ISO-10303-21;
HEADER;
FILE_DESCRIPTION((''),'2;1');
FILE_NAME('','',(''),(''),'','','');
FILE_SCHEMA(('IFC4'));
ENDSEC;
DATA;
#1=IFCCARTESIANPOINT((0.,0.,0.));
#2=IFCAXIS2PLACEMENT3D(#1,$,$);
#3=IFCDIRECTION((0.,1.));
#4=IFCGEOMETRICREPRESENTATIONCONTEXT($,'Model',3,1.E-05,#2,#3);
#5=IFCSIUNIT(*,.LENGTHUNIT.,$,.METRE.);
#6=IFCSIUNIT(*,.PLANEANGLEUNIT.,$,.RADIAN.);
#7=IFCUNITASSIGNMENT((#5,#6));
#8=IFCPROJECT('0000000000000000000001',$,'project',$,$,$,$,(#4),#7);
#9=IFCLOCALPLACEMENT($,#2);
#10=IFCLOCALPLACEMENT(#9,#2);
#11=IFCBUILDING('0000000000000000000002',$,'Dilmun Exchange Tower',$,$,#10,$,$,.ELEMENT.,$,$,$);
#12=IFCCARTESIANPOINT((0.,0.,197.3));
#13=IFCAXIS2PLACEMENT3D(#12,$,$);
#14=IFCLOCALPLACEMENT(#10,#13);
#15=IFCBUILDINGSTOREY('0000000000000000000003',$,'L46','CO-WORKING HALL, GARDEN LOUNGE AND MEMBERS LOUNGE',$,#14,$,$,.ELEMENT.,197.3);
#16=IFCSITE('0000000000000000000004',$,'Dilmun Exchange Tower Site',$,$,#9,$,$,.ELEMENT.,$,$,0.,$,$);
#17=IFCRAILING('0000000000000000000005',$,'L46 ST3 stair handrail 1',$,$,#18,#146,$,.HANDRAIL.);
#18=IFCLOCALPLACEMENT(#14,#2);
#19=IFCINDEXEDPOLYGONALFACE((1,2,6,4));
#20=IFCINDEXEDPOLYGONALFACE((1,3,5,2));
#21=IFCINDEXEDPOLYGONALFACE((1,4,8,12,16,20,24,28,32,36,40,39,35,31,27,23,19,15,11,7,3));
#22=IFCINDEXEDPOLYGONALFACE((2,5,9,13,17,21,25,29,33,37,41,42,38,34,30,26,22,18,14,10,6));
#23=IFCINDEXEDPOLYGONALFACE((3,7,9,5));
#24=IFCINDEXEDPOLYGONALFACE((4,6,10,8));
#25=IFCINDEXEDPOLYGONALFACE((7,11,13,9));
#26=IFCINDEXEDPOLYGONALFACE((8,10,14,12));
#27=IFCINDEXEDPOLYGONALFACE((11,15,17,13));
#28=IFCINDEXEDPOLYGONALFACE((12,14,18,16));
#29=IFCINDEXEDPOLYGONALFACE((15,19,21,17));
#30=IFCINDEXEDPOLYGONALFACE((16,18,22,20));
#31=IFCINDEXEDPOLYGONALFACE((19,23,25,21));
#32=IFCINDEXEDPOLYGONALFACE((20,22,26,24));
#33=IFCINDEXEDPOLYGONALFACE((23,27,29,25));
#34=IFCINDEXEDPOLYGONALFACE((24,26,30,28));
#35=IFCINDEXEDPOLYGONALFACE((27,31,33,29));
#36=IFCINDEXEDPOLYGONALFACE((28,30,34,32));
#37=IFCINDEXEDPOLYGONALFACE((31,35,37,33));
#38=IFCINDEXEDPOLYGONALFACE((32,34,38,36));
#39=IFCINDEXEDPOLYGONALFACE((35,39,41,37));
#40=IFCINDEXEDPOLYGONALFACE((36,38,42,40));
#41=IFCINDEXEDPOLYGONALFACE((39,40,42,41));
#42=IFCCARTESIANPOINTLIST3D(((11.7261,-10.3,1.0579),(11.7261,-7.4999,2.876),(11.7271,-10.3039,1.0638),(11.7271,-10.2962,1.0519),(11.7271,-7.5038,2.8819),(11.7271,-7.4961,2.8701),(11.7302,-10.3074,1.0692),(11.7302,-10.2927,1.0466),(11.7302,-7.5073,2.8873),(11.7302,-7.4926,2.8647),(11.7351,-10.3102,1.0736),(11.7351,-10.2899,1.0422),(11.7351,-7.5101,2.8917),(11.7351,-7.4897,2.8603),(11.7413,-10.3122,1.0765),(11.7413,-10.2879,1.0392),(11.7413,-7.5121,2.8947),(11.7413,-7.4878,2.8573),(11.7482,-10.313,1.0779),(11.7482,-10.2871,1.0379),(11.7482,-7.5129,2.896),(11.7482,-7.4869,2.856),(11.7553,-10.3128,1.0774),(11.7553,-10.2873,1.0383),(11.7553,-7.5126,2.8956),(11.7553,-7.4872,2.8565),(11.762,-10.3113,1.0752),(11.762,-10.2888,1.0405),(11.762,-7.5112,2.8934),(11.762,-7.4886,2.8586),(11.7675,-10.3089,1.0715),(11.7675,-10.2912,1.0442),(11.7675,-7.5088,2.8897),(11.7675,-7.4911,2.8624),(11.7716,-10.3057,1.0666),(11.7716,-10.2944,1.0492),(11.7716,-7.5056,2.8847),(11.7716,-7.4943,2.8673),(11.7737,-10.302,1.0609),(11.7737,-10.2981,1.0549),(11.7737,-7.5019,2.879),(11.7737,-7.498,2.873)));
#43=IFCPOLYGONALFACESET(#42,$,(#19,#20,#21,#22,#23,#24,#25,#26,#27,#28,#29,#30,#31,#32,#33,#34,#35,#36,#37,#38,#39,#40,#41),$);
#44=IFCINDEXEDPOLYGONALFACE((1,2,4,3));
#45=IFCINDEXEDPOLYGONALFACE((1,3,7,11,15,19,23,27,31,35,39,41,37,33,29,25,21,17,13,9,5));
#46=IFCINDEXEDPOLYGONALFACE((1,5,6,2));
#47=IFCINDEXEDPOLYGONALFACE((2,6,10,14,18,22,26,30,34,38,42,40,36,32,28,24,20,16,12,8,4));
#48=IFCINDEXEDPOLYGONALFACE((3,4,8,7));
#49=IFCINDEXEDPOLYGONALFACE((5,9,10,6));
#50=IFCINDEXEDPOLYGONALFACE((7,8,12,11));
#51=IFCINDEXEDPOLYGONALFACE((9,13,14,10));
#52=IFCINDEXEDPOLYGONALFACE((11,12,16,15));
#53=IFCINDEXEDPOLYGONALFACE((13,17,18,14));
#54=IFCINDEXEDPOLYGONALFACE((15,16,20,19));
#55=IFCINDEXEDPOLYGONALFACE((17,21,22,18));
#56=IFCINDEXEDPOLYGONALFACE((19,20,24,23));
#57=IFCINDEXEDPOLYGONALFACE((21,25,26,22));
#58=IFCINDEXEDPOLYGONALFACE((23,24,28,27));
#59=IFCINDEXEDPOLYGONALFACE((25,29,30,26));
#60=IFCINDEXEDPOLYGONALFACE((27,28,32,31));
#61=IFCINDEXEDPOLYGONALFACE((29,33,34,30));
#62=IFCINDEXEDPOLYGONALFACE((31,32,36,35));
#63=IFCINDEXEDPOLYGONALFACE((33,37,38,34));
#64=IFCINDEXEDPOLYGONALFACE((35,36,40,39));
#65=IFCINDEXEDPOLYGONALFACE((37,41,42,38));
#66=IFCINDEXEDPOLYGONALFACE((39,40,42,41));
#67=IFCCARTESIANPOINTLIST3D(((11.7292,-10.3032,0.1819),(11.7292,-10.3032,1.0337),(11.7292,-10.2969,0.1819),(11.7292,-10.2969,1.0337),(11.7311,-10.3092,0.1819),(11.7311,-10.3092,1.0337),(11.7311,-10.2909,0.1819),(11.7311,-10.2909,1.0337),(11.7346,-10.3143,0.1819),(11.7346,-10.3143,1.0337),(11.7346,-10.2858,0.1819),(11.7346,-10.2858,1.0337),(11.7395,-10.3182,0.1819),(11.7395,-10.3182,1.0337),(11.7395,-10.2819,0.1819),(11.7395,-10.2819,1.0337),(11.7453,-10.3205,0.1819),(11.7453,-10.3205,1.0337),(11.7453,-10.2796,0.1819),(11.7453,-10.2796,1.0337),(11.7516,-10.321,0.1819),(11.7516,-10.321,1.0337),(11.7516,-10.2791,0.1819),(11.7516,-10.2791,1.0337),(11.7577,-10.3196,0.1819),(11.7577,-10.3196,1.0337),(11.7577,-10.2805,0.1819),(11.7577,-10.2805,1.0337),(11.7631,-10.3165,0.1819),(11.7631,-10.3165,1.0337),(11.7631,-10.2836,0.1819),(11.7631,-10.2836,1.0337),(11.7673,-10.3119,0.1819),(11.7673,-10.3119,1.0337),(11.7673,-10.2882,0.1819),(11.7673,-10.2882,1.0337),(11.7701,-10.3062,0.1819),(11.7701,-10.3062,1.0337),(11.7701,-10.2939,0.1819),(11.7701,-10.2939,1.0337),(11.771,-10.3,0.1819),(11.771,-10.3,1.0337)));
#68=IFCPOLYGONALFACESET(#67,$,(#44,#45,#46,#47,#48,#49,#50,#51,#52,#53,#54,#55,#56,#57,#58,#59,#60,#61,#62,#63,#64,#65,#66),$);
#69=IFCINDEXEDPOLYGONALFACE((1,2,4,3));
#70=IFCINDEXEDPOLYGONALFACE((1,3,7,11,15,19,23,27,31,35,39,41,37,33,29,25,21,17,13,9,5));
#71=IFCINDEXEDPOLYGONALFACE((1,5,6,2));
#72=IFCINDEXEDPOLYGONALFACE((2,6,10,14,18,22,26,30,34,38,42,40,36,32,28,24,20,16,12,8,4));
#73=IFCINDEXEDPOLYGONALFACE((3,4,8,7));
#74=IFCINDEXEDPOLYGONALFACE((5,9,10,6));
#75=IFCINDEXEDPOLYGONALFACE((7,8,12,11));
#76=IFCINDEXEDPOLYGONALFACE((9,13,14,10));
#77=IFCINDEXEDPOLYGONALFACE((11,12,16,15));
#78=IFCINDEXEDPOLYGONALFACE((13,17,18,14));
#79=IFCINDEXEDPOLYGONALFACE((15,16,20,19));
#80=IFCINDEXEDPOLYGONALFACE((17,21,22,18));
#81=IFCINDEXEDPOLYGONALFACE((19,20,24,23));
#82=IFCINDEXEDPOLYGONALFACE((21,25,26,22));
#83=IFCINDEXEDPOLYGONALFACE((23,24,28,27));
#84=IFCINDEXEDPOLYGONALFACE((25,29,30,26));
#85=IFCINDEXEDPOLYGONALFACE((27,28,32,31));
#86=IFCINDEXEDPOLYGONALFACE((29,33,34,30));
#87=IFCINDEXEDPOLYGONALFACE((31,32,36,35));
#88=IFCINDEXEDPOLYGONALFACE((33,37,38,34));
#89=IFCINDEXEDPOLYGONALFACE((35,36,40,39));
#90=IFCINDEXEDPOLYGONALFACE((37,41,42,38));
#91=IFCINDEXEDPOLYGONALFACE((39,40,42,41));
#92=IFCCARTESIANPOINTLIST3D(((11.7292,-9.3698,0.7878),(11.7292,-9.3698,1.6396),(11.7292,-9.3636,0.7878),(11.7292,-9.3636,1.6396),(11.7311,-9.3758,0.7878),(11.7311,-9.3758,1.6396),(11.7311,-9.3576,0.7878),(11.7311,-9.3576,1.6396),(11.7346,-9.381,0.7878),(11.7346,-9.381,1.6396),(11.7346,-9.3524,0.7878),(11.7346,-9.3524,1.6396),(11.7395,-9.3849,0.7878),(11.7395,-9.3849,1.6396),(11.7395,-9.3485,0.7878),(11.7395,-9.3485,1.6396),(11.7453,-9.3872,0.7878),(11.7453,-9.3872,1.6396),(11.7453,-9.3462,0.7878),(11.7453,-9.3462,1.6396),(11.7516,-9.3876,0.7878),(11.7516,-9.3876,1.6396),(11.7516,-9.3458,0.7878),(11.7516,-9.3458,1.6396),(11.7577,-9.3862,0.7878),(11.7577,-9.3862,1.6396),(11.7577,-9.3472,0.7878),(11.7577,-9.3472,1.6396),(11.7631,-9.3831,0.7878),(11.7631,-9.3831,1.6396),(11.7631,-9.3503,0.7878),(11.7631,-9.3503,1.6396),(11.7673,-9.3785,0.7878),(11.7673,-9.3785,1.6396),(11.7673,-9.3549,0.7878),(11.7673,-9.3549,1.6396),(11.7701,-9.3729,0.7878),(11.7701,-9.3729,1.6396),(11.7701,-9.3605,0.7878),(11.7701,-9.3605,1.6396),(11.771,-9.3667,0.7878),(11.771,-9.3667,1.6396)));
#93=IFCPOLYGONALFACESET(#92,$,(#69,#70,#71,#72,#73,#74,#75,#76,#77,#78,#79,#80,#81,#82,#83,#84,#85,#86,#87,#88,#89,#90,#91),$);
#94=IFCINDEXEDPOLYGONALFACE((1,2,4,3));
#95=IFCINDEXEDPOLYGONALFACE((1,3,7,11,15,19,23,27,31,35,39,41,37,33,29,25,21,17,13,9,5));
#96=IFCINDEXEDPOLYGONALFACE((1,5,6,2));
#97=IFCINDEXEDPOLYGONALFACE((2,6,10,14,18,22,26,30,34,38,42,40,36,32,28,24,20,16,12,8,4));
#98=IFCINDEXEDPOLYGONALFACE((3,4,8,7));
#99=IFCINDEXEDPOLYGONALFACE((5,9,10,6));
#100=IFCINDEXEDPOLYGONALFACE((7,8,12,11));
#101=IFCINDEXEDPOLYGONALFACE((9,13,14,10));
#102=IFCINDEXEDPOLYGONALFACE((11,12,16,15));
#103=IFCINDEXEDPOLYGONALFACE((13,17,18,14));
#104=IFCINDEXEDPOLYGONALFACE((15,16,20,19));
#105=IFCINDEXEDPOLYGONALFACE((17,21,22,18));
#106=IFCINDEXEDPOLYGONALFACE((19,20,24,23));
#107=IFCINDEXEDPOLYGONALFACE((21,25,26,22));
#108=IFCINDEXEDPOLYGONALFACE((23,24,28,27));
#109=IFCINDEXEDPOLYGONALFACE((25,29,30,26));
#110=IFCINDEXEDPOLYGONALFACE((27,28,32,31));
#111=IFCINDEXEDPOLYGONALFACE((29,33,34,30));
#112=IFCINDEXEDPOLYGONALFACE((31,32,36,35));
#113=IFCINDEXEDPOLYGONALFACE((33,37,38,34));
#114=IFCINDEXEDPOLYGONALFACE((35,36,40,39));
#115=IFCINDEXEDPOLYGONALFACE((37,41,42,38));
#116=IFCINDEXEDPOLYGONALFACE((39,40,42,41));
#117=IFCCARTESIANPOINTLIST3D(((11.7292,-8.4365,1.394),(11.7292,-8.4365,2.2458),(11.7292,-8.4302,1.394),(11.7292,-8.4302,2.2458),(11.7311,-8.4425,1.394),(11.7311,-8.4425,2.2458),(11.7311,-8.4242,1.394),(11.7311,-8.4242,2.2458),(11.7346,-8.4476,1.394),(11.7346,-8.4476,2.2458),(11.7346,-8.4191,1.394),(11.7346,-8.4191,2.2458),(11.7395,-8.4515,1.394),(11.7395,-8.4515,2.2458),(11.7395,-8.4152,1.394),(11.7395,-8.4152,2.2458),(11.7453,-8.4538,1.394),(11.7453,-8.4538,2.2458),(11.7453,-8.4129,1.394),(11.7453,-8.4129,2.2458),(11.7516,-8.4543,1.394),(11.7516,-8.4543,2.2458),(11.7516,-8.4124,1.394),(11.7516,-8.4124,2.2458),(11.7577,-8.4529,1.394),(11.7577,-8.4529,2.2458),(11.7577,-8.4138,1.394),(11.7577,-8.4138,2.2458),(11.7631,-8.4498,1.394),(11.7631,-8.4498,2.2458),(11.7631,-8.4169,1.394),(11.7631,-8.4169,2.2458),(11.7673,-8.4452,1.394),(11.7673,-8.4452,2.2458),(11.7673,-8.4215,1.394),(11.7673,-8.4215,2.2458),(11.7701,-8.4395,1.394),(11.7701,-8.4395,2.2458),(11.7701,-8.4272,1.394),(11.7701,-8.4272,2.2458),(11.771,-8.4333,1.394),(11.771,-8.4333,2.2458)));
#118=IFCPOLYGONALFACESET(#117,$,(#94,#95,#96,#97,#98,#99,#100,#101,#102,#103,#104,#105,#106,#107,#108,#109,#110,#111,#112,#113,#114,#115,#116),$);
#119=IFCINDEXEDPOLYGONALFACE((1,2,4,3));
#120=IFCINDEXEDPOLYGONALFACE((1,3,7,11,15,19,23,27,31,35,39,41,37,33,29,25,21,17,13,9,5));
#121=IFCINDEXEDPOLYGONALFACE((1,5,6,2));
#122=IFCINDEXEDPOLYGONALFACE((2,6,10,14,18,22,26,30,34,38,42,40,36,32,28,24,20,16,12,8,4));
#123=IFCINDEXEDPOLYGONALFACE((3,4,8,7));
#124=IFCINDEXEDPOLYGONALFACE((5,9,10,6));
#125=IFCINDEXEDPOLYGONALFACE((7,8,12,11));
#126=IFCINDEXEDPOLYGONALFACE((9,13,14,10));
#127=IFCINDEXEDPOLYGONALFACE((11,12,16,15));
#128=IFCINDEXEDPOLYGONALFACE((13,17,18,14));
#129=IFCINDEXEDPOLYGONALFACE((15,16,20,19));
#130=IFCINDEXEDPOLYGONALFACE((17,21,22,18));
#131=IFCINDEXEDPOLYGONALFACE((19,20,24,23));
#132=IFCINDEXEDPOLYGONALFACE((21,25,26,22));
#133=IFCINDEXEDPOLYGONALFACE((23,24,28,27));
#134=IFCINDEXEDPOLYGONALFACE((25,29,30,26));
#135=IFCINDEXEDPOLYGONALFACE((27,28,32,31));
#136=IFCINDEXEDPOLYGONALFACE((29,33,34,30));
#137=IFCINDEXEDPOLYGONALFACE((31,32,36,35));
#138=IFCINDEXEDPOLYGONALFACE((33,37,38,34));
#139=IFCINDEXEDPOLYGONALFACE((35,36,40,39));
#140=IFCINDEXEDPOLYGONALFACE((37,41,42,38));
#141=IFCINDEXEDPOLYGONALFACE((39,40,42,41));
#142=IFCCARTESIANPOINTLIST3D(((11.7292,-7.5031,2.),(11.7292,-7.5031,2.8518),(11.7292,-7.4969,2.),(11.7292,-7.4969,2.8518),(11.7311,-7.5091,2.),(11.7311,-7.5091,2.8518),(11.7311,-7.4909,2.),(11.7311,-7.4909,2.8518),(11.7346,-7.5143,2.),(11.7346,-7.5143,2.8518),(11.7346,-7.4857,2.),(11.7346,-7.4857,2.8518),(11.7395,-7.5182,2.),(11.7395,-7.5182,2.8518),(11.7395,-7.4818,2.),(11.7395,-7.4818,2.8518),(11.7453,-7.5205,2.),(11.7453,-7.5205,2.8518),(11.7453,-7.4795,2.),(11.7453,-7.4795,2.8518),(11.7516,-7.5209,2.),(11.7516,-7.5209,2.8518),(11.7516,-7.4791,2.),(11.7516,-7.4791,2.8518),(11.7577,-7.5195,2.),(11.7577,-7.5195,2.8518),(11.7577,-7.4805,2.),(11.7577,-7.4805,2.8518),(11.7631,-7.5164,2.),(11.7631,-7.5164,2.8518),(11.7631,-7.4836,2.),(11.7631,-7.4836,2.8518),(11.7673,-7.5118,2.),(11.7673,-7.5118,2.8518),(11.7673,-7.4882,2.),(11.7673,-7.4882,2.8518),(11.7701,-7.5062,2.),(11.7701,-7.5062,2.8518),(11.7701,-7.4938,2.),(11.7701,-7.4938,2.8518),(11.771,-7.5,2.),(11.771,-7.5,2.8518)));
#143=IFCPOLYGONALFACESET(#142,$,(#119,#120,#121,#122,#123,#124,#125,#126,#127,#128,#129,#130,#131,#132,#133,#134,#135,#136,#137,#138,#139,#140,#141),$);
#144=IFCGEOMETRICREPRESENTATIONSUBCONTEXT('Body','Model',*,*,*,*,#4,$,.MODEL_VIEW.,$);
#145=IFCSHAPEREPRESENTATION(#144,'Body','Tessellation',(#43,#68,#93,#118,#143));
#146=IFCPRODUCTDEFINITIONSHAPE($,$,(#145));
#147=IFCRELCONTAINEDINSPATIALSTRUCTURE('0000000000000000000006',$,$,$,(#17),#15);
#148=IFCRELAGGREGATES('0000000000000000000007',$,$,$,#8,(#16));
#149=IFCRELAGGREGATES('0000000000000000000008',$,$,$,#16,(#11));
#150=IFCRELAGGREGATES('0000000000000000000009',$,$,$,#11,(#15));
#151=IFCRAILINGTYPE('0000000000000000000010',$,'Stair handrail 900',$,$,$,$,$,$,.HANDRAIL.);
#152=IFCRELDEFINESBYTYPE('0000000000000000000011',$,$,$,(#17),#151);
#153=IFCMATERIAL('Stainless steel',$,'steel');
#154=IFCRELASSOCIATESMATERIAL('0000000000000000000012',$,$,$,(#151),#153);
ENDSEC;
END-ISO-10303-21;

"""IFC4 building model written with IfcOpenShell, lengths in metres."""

from ifc_helpers import new_model, si_unit, direction, frame, origin, origin_2d, place, context, subcontext, project, spatial, circle, extrude, material, type_object, element, save


model = new_model("IFC4")

# Units and contexts
model_context = context("Model", 3, precision=1e-05, world=origin(), true_north=direction((0.0, 1.0)))
body_context = subcontext(model_context, "Body", "Model", "MODEL_VIEW")
ifc_project = project(units=[si_unit("LENGTHUNIT", "METRE"), si_unit("PLANEANGLEUNIT", "RADIAN")], contexts=[model_context])

# Site, building, storey
site_placement = place(None, origin())
site = spatial("IfcSite", under=ifc_project, at=site_placement, Name="Dilmun Exchange Tower Site", CompositionType="ELEMENT", RefElevation=0.0)
building_placement = place(site_placement, origin())
building = spatial("IfcBuilding", under=site, at=building_placement, Name="Dilmun Exchange Tower", CompositionType="ELEMENT")
storey_placement = place(building_placement, frame((0.0, 0.0, 197.3)))
storey = spatial("IfcBuildingStorey", under=building, at=storey_placement, Name="L46", Description="CO-WORKING HALL, GARDEN LOUNGE AND MEMBERS LOUNGE", CompositionType="ELEMENT", Elevation=197.3)

# Railing
ifc_material_1 = material(Name="Stainless steel", Category="steel")
railing_type = type_object("IfcRailingType", Name="Stair handrail 900", PredefinedType="HANDRAIL", material=ifc_material_1)
railing_placement = place(storey_placement, frame((11.75, -10.3, 0.1819)))
element("IfcRailing", 1, at=railing_placement, inside=storey, type_object=railing_type, Name="L46 ST3 stair handrail 1", PredefinedType="HANDRAIL", context=body_context, shape_type="SweptSolid", body=[
    extrude(circle(Radius=0.0239, at=origin_2d()), frame((0.0, 0.0, 0.876), z_axis=(0.0, 0.838706, 0.544585), x_axis=(-1.0, 0.0, 0.0)), (0.0, 0.0, 1.0), 3.3386),
    extrude(circle(Radius=0.021, at=origin_2d()), origin(), (0.0, 0.0, 1.0), 0.8518),
    extrude(circle(Radius=0.021, at=origin_2d()), frame((0.0, 0.9333, 0.606)), (0.0, 0.0, 1.0), 0.8518),
    extrude(circle(Radius=0.021, at=origin_2d()), frame((0.0, 1.8667, 1.2122)), (0.0, 0.0, 1.0), 0.8518),
    extrude(circle(Radius=0.021, at=origin_2d()), frame((0.0, 2.8, 1.8181)), (0.0, 0.0, 1.0), 0.8518),
])

save(model, "model.ifc")
